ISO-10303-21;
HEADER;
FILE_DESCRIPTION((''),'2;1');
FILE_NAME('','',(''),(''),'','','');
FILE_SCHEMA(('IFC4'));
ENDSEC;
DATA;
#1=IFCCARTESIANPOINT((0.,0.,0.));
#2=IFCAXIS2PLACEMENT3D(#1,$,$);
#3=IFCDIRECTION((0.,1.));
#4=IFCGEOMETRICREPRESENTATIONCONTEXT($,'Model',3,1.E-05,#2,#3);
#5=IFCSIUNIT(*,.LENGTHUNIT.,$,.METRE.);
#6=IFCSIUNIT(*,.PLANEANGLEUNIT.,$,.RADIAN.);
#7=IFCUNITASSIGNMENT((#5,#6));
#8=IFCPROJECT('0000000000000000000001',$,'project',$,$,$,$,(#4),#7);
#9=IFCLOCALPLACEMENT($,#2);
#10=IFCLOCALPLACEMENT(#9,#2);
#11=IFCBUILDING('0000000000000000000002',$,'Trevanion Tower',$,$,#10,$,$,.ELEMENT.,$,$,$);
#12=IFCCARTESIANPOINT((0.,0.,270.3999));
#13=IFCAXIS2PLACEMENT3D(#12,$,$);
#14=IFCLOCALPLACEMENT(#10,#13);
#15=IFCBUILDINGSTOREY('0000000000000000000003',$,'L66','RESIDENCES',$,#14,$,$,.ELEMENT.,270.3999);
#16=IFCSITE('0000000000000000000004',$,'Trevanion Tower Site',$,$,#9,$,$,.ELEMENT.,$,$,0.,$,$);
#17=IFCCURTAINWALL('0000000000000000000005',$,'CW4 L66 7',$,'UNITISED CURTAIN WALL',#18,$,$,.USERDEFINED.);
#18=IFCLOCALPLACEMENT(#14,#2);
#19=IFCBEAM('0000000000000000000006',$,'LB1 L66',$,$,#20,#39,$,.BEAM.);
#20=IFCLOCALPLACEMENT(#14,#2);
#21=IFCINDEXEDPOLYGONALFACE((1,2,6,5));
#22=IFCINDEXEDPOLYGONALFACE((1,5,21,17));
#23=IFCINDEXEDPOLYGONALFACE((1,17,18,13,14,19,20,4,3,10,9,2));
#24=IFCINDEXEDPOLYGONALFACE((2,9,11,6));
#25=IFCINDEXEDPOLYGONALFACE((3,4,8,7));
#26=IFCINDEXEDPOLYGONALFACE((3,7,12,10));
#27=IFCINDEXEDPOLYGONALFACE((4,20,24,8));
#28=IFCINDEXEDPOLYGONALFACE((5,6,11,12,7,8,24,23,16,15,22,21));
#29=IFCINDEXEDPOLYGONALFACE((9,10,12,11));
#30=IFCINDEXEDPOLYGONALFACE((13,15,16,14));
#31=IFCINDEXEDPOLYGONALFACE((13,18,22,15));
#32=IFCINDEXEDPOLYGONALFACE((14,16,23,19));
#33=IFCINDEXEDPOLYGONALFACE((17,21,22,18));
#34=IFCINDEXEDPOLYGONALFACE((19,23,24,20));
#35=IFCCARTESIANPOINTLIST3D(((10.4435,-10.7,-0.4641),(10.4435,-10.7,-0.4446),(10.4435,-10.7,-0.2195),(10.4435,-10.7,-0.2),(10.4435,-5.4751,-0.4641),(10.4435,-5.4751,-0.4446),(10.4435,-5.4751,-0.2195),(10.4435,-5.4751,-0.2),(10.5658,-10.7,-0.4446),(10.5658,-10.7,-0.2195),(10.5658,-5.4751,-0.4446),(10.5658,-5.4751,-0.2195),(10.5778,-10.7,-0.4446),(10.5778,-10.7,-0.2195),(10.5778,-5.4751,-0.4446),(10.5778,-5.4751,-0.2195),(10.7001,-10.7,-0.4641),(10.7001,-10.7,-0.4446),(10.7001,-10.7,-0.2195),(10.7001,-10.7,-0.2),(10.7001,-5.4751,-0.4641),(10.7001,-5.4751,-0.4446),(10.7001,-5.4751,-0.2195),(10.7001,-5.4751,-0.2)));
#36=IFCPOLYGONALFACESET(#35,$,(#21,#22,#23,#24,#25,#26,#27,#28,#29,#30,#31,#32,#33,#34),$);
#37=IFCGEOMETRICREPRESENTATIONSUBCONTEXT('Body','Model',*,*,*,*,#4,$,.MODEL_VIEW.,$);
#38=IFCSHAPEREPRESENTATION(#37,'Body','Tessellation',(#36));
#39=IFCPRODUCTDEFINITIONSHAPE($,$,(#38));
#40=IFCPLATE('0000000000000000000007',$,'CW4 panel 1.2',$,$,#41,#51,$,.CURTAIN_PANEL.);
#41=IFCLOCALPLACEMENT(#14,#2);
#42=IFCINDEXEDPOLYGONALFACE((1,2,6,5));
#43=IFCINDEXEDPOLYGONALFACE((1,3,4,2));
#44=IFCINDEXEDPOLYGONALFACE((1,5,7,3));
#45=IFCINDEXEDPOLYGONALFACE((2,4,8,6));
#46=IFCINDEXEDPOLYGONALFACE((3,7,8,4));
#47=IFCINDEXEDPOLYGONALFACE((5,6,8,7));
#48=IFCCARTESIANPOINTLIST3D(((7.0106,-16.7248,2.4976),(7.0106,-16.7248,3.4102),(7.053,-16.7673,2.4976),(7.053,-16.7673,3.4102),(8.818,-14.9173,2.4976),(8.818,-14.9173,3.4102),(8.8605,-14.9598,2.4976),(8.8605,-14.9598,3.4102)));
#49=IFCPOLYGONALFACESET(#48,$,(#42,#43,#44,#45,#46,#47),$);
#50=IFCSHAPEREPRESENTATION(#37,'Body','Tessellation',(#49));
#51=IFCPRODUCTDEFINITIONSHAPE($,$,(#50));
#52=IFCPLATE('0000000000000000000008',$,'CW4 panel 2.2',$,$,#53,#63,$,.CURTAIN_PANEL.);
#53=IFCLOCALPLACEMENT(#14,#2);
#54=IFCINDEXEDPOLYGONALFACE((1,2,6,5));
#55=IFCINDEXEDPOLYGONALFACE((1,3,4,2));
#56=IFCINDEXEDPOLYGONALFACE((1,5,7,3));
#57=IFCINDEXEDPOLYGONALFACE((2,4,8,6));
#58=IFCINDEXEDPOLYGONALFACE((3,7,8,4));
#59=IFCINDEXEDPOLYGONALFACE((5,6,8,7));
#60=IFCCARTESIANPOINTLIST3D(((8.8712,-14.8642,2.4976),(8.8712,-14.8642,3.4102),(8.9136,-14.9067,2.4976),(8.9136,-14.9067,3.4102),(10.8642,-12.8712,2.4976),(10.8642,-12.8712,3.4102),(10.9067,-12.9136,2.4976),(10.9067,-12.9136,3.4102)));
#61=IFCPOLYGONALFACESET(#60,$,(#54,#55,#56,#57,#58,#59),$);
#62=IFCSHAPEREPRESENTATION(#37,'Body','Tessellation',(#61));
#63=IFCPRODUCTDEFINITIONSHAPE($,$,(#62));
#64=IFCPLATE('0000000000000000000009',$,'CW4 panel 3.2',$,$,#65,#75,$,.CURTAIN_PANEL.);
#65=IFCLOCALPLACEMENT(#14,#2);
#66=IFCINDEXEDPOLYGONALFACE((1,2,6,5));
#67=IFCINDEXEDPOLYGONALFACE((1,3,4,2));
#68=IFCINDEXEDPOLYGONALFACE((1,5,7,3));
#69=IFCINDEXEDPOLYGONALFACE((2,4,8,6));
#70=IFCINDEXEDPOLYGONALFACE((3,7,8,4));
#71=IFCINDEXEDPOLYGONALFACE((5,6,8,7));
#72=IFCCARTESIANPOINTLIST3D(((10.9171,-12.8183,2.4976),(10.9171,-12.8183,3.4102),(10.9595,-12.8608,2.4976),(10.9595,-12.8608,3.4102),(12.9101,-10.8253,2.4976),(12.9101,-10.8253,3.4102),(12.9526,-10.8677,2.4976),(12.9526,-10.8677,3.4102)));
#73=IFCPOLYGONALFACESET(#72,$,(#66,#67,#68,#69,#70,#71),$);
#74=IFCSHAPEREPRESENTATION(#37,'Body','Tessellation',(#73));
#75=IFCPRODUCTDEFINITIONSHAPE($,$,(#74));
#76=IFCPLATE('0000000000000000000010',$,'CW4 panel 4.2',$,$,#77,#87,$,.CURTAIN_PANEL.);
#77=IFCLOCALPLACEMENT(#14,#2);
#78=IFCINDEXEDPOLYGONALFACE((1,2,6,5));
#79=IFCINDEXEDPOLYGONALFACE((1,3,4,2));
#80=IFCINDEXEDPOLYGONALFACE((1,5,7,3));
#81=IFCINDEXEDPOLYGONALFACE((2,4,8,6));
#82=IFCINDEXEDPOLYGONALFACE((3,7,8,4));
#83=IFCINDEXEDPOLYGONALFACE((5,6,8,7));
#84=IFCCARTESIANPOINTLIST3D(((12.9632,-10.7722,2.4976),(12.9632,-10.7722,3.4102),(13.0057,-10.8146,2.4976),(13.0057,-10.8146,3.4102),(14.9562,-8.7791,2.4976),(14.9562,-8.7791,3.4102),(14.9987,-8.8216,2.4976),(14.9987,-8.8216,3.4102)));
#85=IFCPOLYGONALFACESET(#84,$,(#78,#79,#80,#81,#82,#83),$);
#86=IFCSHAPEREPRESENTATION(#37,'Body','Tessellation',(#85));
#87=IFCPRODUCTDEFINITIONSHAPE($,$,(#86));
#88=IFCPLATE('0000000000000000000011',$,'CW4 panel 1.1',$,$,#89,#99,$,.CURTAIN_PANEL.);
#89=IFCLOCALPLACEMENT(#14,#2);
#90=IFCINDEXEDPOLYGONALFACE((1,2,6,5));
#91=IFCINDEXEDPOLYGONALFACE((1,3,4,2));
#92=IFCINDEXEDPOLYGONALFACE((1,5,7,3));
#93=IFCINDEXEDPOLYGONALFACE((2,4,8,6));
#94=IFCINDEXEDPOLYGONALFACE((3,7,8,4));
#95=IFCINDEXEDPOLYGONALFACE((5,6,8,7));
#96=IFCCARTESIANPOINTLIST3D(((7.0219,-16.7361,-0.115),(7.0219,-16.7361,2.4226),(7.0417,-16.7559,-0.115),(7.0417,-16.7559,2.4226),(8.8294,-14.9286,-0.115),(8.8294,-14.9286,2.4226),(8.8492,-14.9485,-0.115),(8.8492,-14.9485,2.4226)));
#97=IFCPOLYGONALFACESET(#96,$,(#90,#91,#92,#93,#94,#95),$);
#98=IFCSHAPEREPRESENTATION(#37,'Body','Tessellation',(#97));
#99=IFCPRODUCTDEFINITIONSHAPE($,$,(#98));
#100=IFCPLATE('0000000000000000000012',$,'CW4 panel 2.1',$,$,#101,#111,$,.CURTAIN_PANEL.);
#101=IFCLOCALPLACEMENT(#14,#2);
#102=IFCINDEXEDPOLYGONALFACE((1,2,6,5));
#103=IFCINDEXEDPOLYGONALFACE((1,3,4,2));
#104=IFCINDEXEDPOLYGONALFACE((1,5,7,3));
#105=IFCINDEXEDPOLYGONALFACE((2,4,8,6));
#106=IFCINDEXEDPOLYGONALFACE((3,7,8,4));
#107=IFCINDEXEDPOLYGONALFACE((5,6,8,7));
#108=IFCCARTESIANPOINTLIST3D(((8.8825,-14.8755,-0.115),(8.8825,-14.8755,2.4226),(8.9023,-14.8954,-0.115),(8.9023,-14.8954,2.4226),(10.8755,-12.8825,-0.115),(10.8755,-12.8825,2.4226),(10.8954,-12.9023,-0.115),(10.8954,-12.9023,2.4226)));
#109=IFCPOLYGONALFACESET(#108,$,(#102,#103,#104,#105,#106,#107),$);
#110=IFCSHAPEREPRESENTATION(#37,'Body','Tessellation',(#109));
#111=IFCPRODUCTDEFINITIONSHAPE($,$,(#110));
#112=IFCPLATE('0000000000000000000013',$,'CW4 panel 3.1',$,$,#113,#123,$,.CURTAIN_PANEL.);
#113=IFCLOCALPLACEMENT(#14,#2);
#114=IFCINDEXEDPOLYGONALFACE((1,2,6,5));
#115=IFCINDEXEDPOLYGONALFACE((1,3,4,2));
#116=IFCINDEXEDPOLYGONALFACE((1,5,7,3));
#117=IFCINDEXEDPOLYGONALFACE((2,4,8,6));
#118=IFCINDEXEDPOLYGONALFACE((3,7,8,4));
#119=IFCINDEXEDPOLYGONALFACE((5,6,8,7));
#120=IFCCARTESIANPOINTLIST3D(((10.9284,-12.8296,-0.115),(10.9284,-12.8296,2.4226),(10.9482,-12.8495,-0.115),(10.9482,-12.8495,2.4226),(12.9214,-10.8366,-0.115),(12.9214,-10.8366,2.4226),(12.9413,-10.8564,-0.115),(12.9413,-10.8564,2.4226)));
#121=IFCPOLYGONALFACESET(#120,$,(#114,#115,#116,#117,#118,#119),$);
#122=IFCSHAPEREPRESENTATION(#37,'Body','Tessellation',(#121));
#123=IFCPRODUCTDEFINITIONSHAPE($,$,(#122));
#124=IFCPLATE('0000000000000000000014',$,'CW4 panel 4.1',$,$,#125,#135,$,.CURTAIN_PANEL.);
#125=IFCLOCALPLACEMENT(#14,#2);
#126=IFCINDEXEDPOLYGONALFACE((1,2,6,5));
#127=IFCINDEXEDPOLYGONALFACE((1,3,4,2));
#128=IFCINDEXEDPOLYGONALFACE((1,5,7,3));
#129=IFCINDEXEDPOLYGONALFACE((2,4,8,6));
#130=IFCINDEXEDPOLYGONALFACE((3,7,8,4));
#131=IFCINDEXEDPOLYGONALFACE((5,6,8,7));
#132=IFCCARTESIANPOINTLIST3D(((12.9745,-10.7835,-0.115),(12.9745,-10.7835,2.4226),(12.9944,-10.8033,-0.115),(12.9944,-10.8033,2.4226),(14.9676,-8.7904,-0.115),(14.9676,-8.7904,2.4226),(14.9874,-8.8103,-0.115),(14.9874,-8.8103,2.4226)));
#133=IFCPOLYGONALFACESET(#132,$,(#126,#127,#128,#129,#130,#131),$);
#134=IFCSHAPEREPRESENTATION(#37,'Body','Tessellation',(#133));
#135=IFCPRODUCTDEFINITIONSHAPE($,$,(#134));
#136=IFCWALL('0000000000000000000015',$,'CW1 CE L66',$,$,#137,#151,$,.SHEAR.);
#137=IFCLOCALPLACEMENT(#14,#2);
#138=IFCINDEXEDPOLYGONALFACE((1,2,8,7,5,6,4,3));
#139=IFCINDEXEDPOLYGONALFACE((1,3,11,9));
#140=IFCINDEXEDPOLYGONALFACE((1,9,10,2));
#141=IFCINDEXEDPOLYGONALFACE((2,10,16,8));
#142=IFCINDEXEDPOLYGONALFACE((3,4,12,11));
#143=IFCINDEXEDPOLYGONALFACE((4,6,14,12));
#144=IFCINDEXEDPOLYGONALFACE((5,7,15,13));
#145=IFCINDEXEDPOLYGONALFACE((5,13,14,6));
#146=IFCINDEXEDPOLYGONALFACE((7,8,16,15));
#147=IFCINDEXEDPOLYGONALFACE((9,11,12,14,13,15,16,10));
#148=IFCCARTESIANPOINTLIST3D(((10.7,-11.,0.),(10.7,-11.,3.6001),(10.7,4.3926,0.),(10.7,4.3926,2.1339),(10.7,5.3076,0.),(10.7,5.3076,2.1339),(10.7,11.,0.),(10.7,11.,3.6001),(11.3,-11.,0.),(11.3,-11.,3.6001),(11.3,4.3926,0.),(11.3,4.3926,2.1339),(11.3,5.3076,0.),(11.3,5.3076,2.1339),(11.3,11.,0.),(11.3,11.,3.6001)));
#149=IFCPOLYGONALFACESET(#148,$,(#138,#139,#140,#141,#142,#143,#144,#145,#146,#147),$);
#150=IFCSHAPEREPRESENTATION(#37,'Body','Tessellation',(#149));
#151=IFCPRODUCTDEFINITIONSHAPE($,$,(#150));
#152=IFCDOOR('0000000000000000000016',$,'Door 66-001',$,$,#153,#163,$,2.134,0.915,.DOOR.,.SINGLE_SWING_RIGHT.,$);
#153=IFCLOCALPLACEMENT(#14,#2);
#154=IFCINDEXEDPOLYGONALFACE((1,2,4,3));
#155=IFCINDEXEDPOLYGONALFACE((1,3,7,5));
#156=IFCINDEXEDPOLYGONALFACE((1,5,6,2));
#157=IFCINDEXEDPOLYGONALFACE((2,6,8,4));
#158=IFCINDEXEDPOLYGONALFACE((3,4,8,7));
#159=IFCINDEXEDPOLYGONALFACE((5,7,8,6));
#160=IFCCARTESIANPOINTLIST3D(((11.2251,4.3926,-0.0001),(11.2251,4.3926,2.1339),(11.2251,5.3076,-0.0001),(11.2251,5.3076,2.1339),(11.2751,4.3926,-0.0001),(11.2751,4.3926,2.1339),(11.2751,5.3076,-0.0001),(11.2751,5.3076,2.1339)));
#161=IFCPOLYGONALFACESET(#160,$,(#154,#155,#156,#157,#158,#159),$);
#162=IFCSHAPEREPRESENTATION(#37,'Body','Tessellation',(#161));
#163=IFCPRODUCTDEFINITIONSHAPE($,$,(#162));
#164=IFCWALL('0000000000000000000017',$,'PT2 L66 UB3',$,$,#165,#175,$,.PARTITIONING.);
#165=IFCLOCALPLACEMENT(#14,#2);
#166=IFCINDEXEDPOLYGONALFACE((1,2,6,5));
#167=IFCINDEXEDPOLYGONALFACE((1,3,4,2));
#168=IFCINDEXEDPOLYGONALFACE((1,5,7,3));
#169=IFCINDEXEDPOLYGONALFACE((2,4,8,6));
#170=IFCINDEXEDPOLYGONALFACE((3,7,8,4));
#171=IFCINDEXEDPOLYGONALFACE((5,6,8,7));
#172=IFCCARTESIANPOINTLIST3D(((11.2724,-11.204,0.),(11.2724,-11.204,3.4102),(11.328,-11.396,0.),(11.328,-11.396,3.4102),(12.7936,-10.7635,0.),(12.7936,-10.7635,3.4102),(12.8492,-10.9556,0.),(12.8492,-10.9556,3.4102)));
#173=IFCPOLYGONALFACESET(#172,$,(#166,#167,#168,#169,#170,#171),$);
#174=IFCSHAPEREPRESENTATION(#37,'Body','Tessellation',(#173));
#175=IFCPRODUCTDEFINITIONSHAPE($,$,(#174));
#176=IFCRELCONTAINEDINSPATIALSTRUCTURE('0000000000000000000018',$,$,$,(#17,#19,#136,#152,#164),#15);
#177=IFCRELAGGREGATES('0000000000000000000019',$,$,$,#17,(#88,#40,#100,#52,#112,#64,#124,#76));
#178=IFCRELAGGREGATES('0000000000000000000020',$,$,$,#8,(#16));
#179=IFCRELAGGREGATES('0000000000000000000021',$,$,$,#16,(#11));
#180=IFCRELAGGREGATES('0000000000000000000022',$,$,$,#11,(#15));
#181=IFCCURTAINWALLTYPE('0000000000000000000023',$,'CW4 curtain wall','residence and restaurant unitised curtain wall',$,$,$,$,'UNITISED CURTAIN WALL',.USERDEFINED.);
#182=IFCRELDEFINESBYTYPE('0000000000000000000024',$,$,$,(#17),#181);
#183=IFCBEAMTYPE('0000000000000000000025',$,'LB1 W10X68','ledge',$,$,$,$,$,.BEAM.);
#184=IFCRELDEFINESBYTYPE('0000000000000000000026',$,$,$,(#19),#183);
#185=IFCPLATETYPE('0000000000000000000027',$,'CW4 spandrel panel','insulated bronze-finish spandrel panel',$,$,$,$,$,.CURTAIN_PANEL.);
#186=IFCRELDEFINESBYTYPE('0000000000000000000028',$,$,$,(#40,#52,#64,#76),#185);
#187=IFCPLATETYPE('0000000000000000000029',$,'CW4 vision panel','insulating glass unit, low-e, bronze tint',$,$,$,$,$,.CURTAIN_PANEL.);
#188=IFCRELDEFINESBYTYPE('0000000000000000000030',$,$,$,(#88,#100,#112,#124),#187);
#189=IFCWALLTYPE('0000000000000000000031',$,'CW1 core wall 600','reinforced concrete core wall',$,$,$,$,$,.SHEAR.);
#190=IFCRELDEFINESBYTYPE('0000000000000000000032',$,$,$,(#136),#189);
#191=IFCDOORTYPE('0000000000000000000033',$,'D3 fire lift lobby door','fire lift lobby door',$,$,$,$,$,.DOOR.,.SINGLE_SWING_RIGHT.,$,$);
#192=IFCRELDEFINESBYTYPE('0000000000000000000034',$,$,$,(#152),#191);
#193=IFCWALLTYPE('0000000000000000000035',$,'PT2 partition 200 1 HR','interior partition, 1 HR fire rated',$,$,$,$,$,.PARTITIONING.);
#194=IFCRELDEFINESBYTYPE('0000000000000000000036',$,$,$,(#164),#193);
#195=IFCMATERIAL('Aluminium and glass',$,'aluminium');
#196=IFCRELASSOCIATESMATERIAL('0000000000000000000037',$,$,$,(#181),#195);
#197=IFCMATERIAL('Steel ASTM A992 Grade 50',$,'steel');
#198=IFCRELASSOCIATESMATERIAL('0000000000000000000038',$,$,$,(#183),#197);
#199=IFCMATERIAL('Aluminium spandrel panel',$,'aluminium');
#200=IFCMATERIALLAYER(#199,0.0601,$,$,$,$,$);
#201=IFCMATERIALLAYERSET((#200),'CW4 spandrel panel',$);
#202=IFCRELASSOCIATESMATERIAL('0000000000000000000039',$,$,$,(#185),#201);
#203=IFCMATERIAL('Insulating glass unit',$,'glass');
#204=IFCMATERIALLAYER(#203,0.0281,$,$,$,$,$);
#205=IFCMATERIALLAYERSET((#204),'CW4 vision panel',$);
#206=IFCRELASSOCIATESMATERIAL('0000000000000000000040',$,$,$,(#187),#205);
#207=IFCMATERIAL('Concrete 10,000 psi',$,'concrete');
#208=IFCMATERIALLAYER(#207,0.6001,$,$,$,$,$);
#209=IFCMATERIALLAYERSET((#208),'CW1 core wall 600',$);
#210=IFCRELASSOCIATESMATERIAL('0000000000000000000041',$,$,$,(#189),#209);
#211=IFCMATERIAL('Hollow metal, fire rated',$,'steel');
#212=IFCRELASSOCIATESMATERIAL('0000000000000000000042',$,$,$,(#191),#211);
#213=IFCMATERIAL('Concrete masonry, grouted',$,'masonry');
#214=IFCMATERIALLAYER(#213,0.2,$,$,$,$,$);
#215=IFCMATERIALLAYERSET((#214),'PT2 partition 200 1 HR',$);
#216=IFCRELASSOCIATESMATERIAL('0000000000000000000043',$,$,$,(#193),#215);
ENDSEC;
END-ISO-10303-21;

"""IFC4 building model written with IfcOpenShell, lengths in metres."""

from ifc_helpers import new_model, si_unit, direction, frame, frame_2d, origin, origin_2d, place, context, subcontext, project, spatial, rectangle, i_section, extrude, material, layer, layer_set, material_profile, profile_set, type_object, element, fill, aggregate, save


model = new_model("IFC4")

# Units and contexts
model_context = context("Model", 3, precision=1e-05, world=origin(), true_north=direction((0.0, 1.0)))
body_context = subcontext(model_context, "Body", "Model", "MODEL_VIEW")
ifc_project = project(units=[si_unit("LENGTHUNIT", "METRE"), si_unit("PLANEANGLEUNIT", "RADIAN")], contexts=[model_context])

# Site, building, storey
site_placement = place(None, origin())
site = spatial("IfcSite", under=ifc_project, at=site_placement, Name="Trevanion Tower Site", CompositionType="ELEMENT", RefElevation=0.0)
building_placement = place(site_placement, origin())
building = spatial("IfcBuilding", under=site, at=building_placement, Name="Trevanion Tower", CompositionType="ELEMENT")
storey_placement = place(building_placement, frame((0.0, 0.0, 270.3999)))
storey = spatial("IfcBuildingStorey", under=building, at=storey_placement, Name="L66", Description="RESIDENCES", CompositionType="ELEMENT", Elevation=270.3999)

# Curtain wall
ifc_material_1 = material(Name="Aluminium and glass", Category="aluminium")
curtain_wall_type = type_object("IfcCurtainWallType", Name="CW4 curtain wall", Description="residence and restaurant unitised curtain wall", ElementType="UNITISED CURTAIN WALL", PredefinedType="USERDEFINED", material=ifc_material_1)
curtain_wall_placement = place(storey_placement, origin())
curtain_wall = element("IfcCurtainWall", 1, at=curtain_wall_placement, inside=storey, type_object=curtain_wall_type, Name="CW4 L66 7", ObjectType="UNITISED CURTAIN WALL", PredefinedType="USERDEFINED")

# Beam
ifc_material_2 = material(Name="Steel ASTM A992 Grade 50", Category="steel")
ifc_material_profile_1 = material_profile(ifc_material_2, i_section(OverallWidth=0.2566, OverallDepth=0.2642, WebThickness=0.012, FlangeThickness=0.0195, at=origin_2d()), Name="W10X68")
ifc_profile_set_1 = profile_set([ifc_material_profile_1], Name="Steel ASTM A992 Grade 50")
beam_type = type_object("IfcBeamType", Name="LB1 W10X68", Description="ledge", PredefinedType="BEAM", material=ifc_profile_set_1)
beam_placement = place(storey_placement, frame((10.5718, -10.7, -0.332), z_axis=(0.0, 1.0, 0.0), x_axis=(-1.0, 0.0, 0.0)))
element("IfcBeam", 2, at=beam_placement, inside=storey, type_object=beam_type, Name="LB1 L66", PredefinedType="BEAM", context=body_context, shape_type="SweptSolid", body=[
    extrude(i_section(OverallWidth=0.2566, OverallDepth=0.2642, WebThickness=0.012, FlangeThickness=0.0195, at=origin_2d()), origin(), (0.0, 0.0, 1.0), 5.2249),
])

# Plates
ifc_material_3 = material(Name="Aluminium spandrel panel", Category="aluminium")
ifc_layer_1 = layer(ifc_material_3, 0.0601)
ifc_layer_set_1 = layer_set([ifc_layer_1], Name="CW4 spandrel panel")
plate_type_1 = type_object("IfcPlateType", Name="CW4 spandrel panel", Description="insulated bronze-finish spandrel panel", PredefinedType="CURTAIN_PANEL", material=ifc_layer_set_1)
plate_1_placement = place(storey_placement, frame((7.9355, -15.8423, 2.4976), z_axis=(0.0, 0.0, 1.0), x_axis=(0.707107, 0.707107, 0.0)))
plate_1 = element("IfcPlate", 3, at=plate_1_placement, type_object=plate_type_1, Name="CW4 panel 1.2", PredefinedType="CURTAIN_PANEL", context=body_context, shape_type="SweptSolid", body=[
    extrude(rectangle(XDim=2.5562, YDim=0.0601, at=origin_2d()), origin(), (0.0, 0.0, 1.0), 0.9126),
])
plate_2_placement = place(storey_placement, frame((9.8889, -13.8889, 2.4976), z_axis=(0.0, 0.0, 1.0), x_axis=(0.707107, 0.707107, 0.0)))
plate_2 = element("IfcPlate", 4, at=plate_2_placement, type_object=plate_type_1, Name="CW4 panel 2.2", PredefinedType="CURTAIN_PANEL", context=body_context, shape_type="SweptSolid", body=[
    extrude(rectangle(XDim=2.8186, YDim=0.0601, at=origin_2d()), origin(), (0.0, 0.0, 1.0), 0.9126),
])
plate_3_placement = place(storey_placement, frame((11.9348, -11.843, 2.4976), z_axis=(0.0, 0.0, 1.0), x_axis=(0.707107, 0.707107, 0.0)))
plate_3 = element("IfcPlate", 5, at=plate_3_placement, type_object=plate_type_1, Name="CW4 panel 3.2", PredefinedType="CURTAIN_PANEL", context=body_context, shape_type="SweptSolid", body=[
    extrude(rectangle(XDim=2.8186, YDim=0.0601, at=origin_2d()), origin(), (0.0, 0.0, 1.0), 0.9126),
])
plate_4_placement = place(storey_placement, frame((13.981, -9.7969, 2.4976), z_axis=(0.0, 0.0, 1.0), x_axis=(0.707107, 0.707107, 0.0)))
plate_4 = element("IfcPlate", 6, at=plate_4_placement, type_object=plate_type_1, Name="CW4 panel 4.2", PredefinedType="CURTAIN_PANEL", context=body_context, shape_type="SweptSolid", body=[
    extrude(rectangle(XDim=2.8186, YDim=0.0601, at=origin_2d()), origin(), (0.0, 0.0, 1.0), 0.9126),
])
ifc_material_4 = material(Name="Insulating glass unit", Category="glass")
ifc_layer_2 = layer(ifc_material_4, 0.0281)
ifc_layer_set_2 = layer_set([ifc_layer_2], Name="CW4 vision panel")
plate_type_2 = type_object("IfcPlateType", Name="CW4 vision panel", Description="insulating glass unit, low-e, bronze tint", PredefinedType="CURTAIN_PANEL", material=ifc_layer_set_2)
plate_5_placement = place(storey_placement, frame((7.9355, -15.8423, -0.115), z_axis=(0.0, 0.0, 1.0), x_axis=(0.707107, 0.707107, 0.0)))
plate_5 = element("IfcPlate", 7, at=plate_5_placement, type_object=plate_type_2, Name="CW4 panel 1.1", PredefinedType="CURTAIN_PANEL", context=body_context, shape_type="SweptSolid", body=[
    extrude(rectangle(XDim=2.5562, YDim=0.0281, at=origin_2d()), origin(), (0.0, 0.0, 1.0), 2.5376),
])
plate_6_placement = place(storey_placement, frame((9.8889, -13.8889, -0.115), z_axis=(0.0, 0.0, 1.0), x_axis=(0.707107, 0.707107, 0.0)))
plate_6 = element("IfcPlate", 8, at=plate_6_placement, type_object=plate_type_2, Name="CW4 panel 2.1", PredefinedType="CURTAIN_PANEL", context=body_context, shape_type="SweptSolid", body=[
    extrude(rectangle(XDim=2.8186, YDim=0.0281, at=origin_2d()), origin(), (0.0, 0.0, 1.0), 2.5376),
])
plate_7_placement = place(storey_placement, frame((11.9348, -11.843, -0.115), z_axis=(0.0, 0.0, 1.0), x_axis=(0.707107, 0.707107, 0.0)))
plate_7 = element("IfcPlate", 9, at=plate_7_placement, type_object=plate_type_2, Name="CW4 panel 3.1", PredefinedType="CURTAIN_PANEL", context=body_context, shape_type="SweptSolid", body=[
    extrude(rectangle(XDim=2.8186, YDim=0.0281, at=origin_2d()), origin(), (0.0, 0.0, 1.0), 2.5376),
])
plate_8_placement = place(storey_placement, frame((13.981, -9.7969, -0.115), z_axis=(0.0, 0.0, 1.0), x_axis=(0.707107, 0.707107, 0.0)))
plate_8 = element("IfcPlate", 10, at=plate_8_placement, type_object=plate_type_2, Name="CW4 panel 4.1", PredefinedType="CURTAIN_PANEL", context=body_context, shape_type="SweptSolid", body=[
    extrude(rectangle(XDim=2.8186, YDim=0.0281, at=origin_2d()), origin(), (0.0, 0.0, 1.0), 2.5376),
])
aggregate(curtain_wall, [plate_5, plate_1, plate_6, plate_2, plate_7, plate_3, plate_8, plate_4])

# Wall, opening, door
ifc_material_5 = material(Name="Concrete 10,000 psi", Category="concrete")
ifc_layer_3 = layer(ifc_material_5, 0.6001)
ifc_layer_set_3 = layer_set([ifc_layer_3], Name="CW1 core wall 600")
wall_type_1 = type_object("IfcWallType", Name="CW1 core wall 600", Description="reinforced concrete core wall", PredefinedType="SHEAR", material=ifc_layer_set_3)
wall_1_placement = place(storey_placement, frame((11.0, -11.0, 0.0), z_axis=(0.0, 0.0, 1.0), x_axis=(0.0, 1.0, 0.0)))
wall_1 = element("IfcWall", 11, at=wall_1_placement, inside=storey, type_object=wall_type_1, Name="CW1 CE L66", PredefinedType="SHEAR", context=body_context, shape_type="SweptSolid", body=[
    extrude(rectangle(XDim=22.0, YDim=0.6001, at=frame_2d((11.0, 0.0))), origin(), (0.0, 0.0, 1.0), 3.6001),
])
opening_placement = place(wall_1_placement, frame((15.3926, 0.0, 0.0)))
opening = element("IfcOpeningElement", 12, at=opening_placement, cuts=wall_1, PredefinedType="OPENING", context=body_context, shape_type="SweptSolid", body=[
    extrude(rectangle(XDim=0.915, YDim=2.134, at=frame_2d((0.4575, 1.0669))), frame((0.0, 0.3101, 0.0), z_axis=(0.0, -1.0, 0.0), x_axis=(1.0, 0.0, 0.0)), (0.0, 0.0, 1.0), 0.6201),
])
ifc_material_6 = material(Name="Hollow metal, fire rated", Category="steel")
door_type = type_object("IfcDoorType", Name="D3 fire lift lobby door", Description="fire lift lobby door", OperationType="SINGLE_SWING_RIGHT", PredefinedType="DOOR", material=ifc_material_6)
door_placement = place(opening_placement, origin())
door = element("IfcDoor", 13, at=door_placement, inside=storey, type_object=door_type, Name="Door 66-001", OperationType="SINGLE_SWING_RIGHT", OverallHeight=2.134, OverallWidth=0.915, PredefinedType="DOOR", context=body_context, shape_type="SweptSolid", body=[
    extrude(rectangle(XDim=0.915, YDim=2.134, at=frame_2d((0.4575, 1.0669))), frame((0.0, -0.2251, 0.0), z_axis=(0.0, -1.0, 0.0), x_axis=(1.0, 0.0, 0.0)), (0.0, 0.0, 1.0), 0.05),
])
fill(opening, door)

# Wall
ifc_material_7 = material(Name="Concrete masonry, grouted", Category="masonry")
ifc_layer_4 = layer(ifc_material_7, 0.2)
ifc_layer_set_4 = layer_set([ifc_layer_4], Name="PT2 partition 200 1 HR")
wall_type_2 = type_object("IfcWallType", Name="PT2 partition 200 1 HR", Description="interior partition, 1 HR fire rated", PredefinedType="PARTITIONING", material=ifc_layer_set_4)
wall_2_placement = place(storey_placement, frame((11.3, -11.3, 0.0), z_axis=(0.0, 0.0, 1.0), x_axis=(0.960552, 0.278099, 0.0)))
element("IfcWall", 14, at=wall_2_placement, inside=storey, type_object=wall_type_2, Name="PT2 L66 UB3", PredefinedType="PARTITIONING", context=body_context, shape_type="SweptSolid", body=[
    extrude(rectangle(XDim=1.5837, YDim=0.2, at=frame_2d((0.792, 0.0))), origin(), (0.0, 0.0, 1.0), 3.4102),
])

save(model, "model.ifc")
